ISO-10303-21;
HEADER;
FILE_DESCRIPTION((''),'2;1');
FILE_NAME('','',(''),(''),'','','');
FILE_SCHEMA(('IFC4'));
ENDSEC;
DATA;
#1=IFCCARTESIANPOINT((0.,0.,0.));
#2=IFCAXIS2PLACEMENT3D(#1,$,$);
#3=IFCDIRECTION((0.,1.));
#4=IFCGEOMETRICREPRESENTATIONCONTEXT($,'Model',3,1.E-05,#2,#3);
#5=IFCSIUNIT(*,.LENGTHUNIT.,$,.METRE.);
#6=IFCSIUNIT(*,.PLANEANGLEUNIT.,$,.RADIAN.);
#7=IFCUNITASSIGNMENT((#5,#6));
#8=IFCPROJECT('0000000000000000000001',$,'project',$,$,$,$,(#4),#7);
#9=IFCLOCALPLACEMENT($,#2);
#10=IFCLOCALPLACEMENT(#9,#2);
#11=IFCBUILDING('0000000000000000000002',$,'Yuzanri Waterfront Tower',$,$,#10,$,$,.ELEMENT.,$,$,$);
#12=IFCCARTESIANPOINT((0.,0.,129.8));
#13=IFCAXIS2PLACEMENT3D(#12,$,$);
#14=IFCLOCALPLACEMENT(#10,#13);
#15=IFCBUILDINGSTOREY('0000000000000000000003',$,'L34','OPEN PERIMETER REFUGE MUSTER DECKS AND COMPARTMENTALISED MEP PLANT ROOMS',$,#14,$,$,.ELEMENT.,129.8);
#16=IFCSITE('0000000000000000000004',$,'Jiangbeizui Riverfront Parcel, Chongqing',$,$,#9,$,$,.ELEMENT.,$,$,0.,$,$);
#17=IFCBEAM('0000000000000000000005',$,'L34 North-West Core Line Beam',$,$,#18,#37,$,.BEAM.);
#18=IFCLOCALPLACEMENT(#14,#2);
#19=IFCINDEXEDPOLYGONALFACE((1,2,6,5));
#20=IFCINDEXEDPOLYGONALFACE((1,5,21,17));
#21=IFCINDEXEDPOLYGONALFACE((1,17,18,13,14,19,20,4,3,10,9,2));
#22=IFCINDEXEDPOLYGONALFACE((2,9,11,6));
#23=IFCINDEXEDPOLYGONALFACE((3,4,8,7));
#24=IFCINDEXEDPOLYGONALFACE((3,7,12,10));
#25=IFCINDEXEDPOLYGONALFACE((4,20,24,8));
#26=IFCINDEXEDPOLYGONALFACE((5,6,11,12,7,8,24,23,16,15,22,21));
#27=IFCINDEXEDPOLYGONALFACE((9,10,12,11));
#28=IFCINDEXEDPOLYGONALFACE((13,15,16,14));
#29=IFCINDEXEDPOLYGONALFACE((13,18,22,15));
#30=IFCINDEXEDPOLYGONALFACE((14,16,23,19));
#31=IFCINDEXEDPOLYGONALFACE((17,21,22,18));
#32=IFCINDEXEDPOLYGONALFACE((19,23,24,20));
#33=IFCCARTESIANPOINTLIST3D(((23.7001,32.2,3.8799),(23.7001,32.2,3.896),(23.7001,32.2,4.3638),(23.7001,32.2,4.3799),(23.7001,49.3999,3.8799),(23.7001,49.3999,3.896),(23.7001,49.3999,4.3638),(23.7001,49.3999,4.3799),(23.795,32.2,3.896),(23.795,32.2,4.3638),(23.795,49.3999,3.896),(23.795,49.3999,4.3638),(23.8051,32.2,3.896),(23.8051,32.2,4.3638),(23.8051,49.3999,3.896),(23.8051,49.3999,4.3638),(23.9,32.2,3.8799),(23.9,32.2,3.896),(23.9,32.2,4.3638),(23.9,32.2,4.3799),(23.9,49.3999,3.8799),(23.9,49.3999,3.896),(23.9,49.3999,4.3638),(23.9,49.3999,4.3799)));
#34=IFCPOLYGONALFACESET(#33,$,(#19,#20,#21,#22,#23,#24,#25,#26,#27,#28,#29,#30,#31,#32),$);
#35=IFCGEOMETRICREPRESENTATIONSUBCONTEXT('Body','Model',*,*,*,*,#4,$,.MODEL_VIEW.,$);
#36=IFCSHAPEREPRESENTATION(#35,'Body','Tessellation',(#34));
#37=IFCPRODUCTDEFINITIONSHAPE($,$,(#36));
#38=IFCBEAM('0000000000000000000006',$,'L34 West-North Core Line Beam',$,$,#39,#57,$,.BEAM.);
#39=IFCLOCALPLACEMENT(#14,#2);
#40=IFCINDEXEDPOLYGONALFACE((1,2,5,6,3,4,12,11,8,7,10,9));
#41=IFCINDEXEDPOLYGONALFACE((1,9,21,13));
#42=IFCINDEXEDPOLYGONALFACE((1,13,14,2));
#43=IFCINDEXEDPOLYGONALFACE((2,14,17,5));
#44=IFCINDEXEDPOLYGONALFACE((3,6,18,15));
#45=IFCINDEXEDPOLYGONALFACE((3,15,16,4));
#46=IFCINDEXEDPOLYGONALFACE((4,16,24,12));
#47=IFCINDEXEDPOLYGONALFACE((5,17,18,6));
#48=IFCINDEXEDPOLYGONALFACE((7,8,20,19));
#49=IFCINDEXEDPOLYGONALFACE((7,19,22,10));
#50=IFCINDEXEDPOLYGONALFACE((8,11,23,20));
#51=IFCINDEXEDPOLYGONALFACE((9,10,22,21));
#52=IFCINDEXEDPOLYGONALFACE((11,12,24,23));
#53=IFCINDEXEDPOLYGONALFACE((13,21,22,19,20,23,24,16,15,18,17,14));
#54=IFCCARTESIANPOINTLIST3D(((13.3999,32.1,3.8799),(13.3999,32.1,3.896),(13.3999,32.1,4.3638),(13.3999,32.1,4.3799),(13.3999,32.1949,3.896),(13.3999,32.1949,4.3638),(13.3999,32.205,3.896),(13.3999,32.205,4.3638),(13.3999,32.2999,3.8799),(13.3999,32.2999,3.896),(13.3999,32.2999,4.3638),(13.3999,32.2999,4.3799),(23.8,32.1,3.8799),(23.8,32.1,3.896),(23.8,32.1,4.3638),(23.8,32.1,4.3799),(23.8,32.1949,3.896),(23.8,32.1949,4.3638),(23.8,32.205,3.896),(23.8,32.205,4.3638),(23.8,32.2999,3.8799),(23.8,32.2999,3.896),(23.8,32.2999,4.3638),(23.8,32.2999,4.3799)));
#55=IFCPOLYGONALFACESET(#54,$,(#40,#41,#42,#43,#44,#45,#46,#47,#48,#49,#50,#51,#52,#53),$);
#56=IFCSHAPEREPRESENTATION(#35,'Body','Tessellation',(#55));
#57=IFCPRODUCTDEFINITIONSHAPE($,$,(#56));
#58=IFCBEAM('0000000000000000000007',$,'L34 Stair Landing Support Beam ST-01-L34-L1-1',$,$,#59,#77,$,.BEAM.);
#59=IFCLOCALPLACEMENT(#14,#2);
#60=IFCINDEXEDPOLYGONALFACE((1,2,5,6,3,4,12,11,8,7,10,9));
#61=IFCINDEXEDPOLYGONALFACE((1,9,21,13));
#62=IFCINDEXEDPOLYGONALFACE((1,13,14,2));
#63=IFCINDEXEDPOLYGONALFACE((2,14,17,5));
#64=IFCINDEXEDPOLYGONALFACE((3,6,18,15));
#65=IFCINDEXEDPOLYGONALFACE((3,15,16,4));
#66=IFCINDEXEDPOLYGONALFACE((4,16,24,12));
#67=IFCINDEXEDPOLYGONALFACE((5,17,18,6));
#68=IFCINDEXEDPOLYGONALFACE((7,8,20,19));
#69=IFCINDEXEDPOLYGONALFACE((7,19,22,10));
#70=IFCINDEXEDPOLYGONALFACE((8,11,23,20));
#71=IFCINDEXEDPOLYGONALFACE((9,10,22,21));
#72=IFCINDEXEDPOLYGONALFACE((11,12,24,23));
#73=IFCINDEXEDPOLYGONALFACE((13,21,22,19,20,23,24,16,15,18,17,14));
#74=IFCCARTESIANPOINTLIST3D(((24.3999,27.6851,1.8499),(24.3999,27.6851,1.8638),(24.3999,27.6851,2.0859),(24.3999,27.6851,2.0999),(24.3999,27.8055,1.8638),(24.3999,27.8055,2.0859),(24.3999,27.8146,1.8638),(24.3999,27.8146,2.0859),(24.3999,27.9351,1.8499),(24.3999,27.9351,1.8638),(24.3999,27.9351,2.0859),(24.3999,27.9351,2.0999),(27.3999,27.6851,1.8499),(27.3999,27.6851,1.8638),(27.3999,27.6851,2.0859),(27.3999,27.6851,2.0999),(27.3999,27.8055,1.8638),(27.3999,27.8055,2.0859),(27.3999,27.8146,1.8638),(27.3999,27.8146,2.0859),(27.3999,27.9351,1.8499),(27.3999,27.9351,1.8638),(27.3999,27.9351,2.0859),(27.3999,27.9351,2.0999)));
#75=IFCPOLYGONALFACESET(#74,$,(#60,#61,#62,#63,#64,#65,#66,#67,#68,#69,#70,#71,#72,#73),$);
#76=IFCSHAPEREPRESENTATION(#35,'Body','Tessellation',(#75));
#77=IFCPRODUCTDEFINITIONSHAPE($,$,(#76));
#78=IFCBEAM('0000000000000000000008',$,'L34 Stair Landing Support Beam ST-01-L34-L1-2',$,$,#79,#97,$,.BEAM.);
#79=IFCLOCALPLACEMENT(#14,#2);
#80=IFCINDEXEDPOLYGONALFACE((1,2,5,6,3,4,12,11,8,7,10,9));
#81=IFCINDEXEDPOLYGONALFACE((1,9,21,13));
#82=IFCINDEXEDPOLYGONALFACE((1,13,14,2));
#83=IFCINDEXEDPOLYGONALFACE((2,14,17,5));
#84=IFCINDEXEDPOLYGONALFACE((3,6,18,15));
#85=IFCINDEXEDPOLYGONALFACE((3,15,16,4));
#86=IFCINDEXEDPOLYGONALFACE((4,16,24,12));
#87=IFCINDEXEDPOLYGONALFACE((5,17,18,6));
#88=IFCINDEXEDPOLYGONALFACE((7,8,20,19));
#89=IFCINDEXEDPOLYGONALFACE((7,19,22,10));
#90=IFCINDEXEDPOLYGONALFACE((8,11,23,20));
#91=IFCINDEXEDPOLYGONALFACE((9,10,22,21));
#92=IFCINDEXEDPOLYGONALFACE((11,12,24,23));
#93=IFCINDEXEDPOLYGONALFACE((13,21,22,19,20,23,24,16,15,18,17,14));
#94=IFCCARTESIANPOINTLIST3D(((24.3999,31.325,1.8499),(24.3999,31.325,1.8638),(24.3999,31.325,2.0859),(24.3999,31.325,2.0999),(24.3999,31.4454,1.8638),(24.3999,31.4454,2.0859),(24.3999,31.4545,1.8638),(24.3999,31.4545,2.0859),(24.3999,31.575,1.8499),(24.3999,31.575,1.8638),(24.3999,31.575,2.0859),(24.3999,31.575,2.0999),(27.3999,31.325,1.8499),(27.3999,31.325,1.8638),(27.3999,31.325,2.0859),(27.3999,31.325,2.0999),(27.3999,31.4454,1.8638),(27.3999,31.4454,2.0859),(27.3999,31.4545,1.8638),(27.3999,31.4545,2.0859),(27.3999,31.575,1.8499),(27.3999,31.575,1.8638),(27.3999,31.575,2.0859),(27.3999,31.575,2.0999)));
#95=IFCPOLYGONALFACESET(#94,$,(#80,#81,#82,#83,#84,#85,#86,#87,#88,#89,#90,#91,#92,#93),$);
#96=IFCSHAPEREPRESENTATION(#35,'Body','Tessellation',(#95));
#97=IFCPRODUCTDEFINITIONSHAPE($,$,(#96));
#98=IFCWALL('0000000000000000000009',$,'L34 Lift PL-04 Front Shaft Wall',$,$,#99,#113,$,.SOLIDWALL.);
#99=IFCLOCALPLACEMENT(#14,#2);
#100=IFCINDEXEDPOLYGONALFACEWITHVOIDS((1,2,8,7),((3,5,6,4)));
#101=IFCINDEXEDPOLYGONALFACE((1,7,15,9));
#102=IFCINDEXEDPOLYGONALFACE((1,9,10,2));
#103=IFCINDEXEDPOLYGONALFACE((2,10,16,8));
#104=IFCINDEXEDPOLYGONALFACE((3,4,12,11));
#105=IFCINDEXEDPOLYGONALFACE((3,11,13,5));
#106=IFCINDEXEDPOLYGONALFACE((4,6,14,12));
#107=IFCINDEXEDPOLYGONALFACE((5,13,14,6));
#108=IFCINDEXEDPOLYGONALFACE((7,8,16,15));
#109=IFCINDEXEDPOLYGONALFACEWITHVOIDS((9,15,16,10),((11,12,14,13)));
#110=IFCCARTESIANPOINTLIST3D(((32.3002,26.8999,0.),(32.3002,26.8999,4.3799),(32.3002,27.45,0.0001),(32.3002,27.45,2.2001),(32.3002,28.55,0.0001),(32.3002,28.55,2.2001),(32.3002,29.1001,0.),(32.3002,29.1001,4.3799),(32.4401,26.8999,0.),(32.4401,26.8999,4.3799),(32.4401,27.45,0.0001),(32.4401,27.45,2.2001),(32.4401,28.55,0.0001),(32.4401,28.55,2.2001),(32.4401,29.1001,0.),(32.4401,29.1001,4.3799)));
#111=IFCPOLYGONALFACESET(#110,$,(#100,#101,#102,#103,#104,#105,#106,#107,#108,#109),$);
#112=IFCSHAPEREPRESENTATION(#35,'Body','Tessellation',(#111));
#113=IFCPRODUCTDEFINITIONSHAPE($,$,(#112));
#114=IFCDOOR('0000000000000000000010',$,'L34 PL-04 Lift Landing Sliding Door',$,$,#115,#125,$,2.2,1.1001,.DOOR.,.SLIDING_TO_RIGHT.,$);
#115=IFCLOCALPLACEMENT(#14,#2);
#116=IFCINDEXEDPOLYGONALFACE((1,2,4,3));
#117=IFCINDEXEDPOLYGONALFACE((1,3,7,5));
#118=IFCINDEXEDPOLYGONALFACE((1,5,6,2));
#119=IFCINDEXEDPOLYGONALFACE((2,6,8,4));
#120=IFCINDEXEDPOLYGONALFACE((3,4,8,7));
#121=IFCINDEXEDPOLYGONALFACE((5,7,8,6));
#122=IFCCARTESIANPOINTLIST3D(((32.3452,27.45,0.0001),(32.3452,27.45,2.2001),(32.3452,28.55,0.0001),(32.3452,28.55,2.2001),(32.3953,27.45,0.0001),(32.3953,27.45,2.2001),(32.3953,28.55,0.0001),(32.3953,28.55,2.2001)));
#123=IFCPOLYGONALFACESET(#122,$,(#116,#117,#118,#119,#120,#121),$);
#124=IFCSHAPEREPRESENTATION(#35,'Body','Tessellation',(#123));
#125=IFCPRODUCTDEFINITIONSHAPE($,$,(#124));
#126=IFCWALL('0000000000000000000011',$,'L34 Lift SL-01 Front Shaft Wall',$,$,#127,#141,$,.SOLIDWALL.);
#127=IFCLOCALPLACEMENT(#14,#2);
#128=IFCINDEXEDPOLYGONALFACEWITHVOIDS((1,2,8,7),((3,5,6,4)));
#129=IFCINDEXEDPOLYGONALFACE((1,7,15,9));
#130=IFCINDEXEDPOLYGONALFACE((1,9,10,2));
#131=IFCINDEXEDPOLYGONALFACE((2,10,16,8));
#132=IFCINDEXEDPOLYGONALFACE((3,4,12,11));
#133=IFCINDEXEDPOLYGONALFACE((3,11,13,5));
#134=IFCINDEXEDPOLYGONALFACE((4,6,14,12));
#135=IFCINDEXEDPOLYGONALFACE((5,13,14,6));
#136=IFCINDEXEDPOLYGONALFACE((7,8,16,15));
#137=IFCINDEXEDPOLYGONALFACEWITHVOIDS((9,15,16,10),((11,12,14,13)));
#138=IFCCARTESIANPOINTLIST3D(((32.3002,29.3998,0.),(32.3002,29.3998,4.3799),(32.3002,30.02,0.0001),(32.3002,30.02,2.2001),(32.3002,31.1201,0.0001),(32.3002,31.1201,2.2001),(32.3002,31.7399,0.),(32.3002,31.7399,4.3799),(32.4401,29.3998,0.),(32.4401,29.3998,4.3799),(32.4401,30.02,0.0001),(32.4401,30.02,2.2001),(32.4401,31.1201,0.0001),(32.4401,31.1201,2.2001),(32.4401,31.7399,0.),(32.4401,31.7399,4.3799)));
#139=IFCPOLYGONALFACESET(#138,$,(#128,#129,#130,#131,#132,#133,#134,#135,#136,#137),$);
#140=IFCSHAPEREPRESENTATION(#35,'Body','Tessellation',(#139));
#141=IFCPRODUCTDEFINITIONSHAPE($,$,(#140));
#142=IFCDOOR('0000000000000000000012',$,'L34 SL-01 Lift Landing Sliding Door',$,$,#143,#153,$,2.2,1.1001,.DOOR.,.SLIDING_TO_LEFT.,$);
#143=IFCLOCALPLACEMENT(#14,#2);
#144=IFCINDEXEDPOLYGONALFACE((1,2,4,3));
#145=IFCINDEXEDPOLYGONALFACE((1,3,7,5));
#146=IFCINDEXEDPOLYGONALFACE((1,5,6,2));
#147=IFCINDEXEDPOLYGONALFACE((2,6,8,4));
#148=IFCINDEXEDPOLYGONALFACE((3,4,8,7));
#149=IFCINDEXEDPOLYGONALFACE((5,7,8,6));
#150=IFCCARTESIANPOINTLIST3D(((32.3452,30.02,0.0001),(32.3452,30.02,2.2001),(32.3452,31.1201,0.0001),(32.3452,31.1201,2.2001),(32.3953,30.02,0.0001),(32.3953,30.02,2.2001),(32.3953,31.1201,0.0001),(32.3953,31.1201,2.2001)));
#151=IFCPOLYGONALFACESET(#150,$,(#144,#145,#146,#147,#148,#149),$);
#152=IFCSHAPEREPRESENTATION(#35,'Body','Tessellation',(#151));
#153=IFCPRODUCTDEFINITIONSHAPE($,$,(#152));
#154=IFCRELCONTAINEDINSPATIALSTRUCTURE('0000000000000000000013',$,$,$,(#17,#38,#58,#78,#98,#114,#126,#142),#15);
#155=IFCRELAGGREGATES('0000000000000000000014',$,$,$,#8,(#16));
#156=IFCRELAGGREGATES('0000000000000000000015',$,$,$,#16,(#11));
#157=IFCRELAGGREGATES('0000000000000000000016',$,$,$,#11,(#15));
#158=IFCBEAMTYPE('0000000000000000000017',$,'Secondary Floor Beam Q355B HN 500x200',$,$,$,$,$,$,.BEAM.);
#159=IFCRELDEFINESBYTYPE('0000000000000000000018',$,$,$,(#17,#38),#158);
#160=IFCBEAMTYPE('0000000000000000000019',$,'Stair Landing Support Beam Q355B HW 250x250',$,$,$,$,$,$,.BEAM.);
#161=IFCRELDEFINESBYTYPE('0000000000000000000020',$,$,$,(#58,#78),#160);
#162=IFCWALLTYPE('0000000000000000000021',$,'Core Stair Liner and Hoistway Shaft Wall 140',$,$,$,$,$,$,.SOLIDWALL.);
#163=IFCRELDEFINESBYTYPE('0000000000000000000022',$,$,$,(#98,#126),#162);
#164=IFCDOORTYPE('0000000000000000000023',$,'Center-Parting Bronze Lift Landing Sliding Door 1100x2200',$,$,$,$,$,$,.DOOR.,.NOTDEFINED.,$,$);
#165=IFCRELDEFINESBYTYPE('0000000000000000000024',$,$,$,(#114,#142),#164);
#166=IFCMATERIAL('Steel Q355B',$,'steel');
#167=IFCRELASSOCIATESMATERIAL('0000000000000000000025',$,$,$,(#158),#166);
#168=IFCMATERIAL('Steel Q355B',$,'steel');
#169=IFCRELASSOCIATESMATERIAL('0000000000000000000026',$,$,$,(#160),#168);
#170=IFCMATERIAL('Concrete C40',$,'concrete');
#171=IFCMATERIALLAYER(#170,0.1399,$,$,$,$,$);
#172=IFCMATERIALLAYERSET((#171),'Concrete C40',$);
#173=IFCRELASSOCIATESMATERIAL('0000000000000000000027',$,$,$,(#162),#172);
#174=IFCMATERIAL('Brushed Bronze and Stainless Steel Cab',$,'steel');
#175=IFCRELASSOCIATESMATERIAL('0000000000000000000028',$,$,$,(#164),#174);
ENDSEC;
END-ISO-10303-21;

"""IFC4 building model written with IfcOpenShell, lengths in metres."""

from ifc_helpers import new_model, si_unit, direction, frame, frame_2d, origin, origin_2d, place, context, subcontext, project, spatial, rectangle, i_section, extrude, source, transform, mapped, material, layer, layer_set, material_profile, profile_set, type_object, element, fill, save


model = new_model("IFC4")

# Units and contexts
model_context = context("Model", 3, precision=1e-05, world=origin(), true_north=direction((0.0, 1.0)))
body_context = subcontext(model_context, "Body", "Model", "MODEL_VIEW")
ifc_project = project(units=[si_unit("LENGTHUNIT", "METRE"), si_unit("PLANEANGLEUNIT", "RADIAN")], contexts=[model_context])

# Site, building, storey
site_placement = place(None, origin())
site = spatial("IfcSite", under=ifc_project, at=site_placement, Name="Jiangbeizui Riverfront Parcel, Chongqing", CompositionType="ELEMENT", RefElevation=0.0)
building_placement = place(site_placement, origin())
building = spatial("IfcBuilding", under=site, at=building_placement, Name="Yuzanri Waterfront Tower", CompositionType="ELEMENT")
storey_placement = place(building_placement, frame((0.0, 0.0, 129.8)))
storey = spatial("IfcBuildingStorey", under=building, at=storey_placement, Name="L34", Description="OPEN PERIMETER REFUGE MUSTER DECKS AND COMPARTMENTALISED MEP PLANT ROOMS", CompositionType="ELEMENT", Elevation=129.8)

# Beams
ifc_material_1 = material(Name="Steel Q355B", Category="steel")
ifc_material_profile_1 = material_profile(ifc_material_1, i_section(OverallWidth=0.2, OverallDepth=0.5, WebThickness=0.01, FlangeThickness=0.0161, at=origin_2d()), Name="HN 500x200x10x16")
ifc_profile_set_1 = profile_set([ifc_material_profile_1], Name="Steel Q355B")
beam_type_1 = type_object("IfcBeamType", Name="Secondary Floor Beam Q355B HN 500x200", PredefinedType="BEAM", material=ifc_profile_set_1)
shared_shape_1 = source(origin(), body_context, "Body", "SweptSolid", [
    extrude(i_section(OverallWidth=0.2, OverallDepth=0.5, WebThickness=0.01, FlangeThickness=0.0161, at=origin_2d()), origin(), (0.0, 0.0, 1.0), 17.2),
])
beam_1_placement = place(storey_placement, frame((23.8, 32.2, 4.1299), z_axis=(0.0, 1.0, 0.0), x_axis=(-1.0, 0.0, 0.0)))
element("IfcBeam", 1, at=beam_1_placement, inside=storey, type_object=beam_type_1, Name="L34 North-West Core Line Beam", PredefinedType="BEAM", context=body_context, shape_type="MappedRepresentation", body=[
    mapped(shared_shape_1, transform((0.0, 0.0, 0.0), scale=1.0)),
])
shared_shape_2 = source(origin(), body_context, "Body", "SweptSolid", [
    extrude(i_section(OverallWidth=0.2, OverallDepth=0.5, WebThickness=0.01, FlangeThickness=0.0161, at=origin_2d()), origin(), (0.0, 0.0, 1.0), 10.4001),
])
beam_2_placement = place(storey_placement, frame((23.8, 32.2, 4.1299), z_axis=(-1.0, 0.0, 0.0), x_axis=(0.0, -1.0, 0.0)))
element("IfcBeam", 2, at=beam_2_placement, inside=storey, type_object=beam_type_1, Name="L34 West-North Core Line Beam", PredefinedType="BEAM", context=body_context, shape_type="MappedRepresentation", body=[
    mapped(shared_shape_2, transform((0.0, 0.0, 0.0), scale=1.0)),
])
ifc_material_2 = material(Name="Steel Q355B", Category="steel")
ifc_material_profile_2 = material_profile(ifc_material_2, i_section(OverallWidth=0.25, OverallDepth=0.25, WebThickness=0.009, FlangeThickness=0.0139, at=origin_2d()), Name="HW 250x250x9x14")
ifc_profile_set_2 = profile_set([ifc_material_profile_2], Name="Steel Q355B")
beam_type_2 = type_object("IfcBeamType", Name="Stair Landing Support Beam Q355B HW 250x250", PredefinedType="BEAM", material=ifc_profile_set_2)
shared_shape_3 = source(origin(), body_context, "Body", "SweptSolid", [
    extrude(i_section(OverallWidth=0.25, OverallDepth=0.25, WebThickness=0.009, FlangeThickness=0.0139, at=origin_2d()), origin(), (0.0, 0.0, 1.0), 3.0),
])
for number, where, z_axis, x_axis, name in (
    (3, (24.3999, 27.8101, 1.9749), (1.0, 0.0, 0.0), (0.0, 1.0, 0.0), "L34 Stair Landing Support Beam ST-01-L34-L1-1"),
    (4, (24.3999, 31.45, 1.9749), (1.0, 0.0, 0.0), (0.0, 1.0, 0.0), "L34 Stair Landing Support Beam ST-01-L34-L1-2"),
):
    element("IfcBeam", number, at=place(storey_placement, frame(where, z_axis=z_axis, x_axis=x_axis)), inside=storey, type_object=beam_type_2, Name=name, PredefinedType="BEAM", context=body_context, shape_type="MappedRepresentation", body=[
        mapped(shared_shape_3, transform((0.0, 0.0, 0.0), scale=1.0)),
    ])

# Walls, openings, doors
ifc_material_3 = material(Name="Concrete C40", Category="concrete")
ifc_layer_1 = layer(ifc_material_3, 0.1399)
ifc_layer_set_1 = layer_set([ifc_layer_1], Name="Concrete C40")
wall_type_1 = type_object("IfcWallType", Name="Core Stair Liner and Hoistway Shaft Wall 140", PredefinedType="SOLIDWALL", material=ifc_layer_set_1)
wall_1_placement = place(storey_placement, frame((32.3701, 26.8999, 0.0), z_axis=(0.0, 0.0, 1.0), x_axis=(0.0, 1.0, 0.0)))
wall_1 = element("IfcWall", 5, at=wall_1_placement, inside=storey, type_object=wall_type_1, Name="L34 Lift PL-04 Front Shaft Wall", PredefinedType="SOLIDWALL", context=body_context, shape_type="SweptSolid", body=[
    extrude(rectangle(XDim=2.2002, YDim=0.1399, at=frame_2d((1.1001, 0.0))), origin(), (0.0, 0.0, 1.0), 4.3799),
])
opening_1_placement = place(wall_1_placement, frame((0.55, 0.0, 0.0)))
opening_1 = element("IfcOpeningElement", 6, at=opening_1_placement, cuts=wall_1, PredefinedType="OPENING", context=body_context, shape_type="SweptSolid", body=[
    extrude(rectangle(XDim=1.1001, YDim=2.2, at=frame_2d((0.55, 1.1001))), frame((0.0, 0.085, 0.0), z_axis=(0.0, -1.0, 0.0), x_axis=(1.0, 0.0, 0.0)), (0.0, 0.0, 1.0), 0.1697),
])
ifc_material_4 = material(Name="Brushed Bronze and Stainless Steel Cab", Category="steel")
door_type_1 = type_object("IfcDoorType", Name="Center-Parting Bronze Lift Landing Sliding Door 1100x2200", OperationType="NOTDEFINED", PredefinedType="DOOR", material=ifc_material_4)
shared_shape_4 = source(origin(), body_context, "Body", "SweptSolid", [
    extrude(rectangle(XDim=1.1001, YDim=2.2, at=frame_2d((0.55, 1.1001))), frame((0.0, 0.0249, 0.0), z_axis=(0.0, -1.0, 0.0), x_axis=(1.0, 0.0, 0.0)), (0.0, 0.0, 1.0), 0.05),
])
door_1_placement = place(opening_1_placement, origin())
door_1 = element("IfcDoor", 7, at=door_1_placement, inside=storey, type_object=door_type_1, Name="L34 PL-04 Lift Landing Sliding Door", OperationType="SLIDING_TO_RIGHT", OverallHeight=2.2, OverallWidth=1.1001, PredefinedType="DOOR", context=body_context, shape_type="MappedRepresentation", body=[
    mapped(shared_shape_4, transform((0.0, 0.0, 0.0), scale=1.0)),
])
fill(opening_1, door_1)
wall_2_placement = place(storey_placement, frame((32.3701, 29.3999, 0.0), z_axis=(0.0, 0.0, 1.0), x_axis=(0.0, 1.0, 0.0)))
wall_2 = element("IfcWall", 8, at=wall_2_placement, inside=storey, type_object=wall_type_1, Name="L34 Lift SL-01 Front Shaft Wall", PredefinedType="SOLIDWALL", context=body_context, shape_type="SweptSolid", body=[
    extrude(rectangle(XDim=2.3401, YDim=0.1399, at=frame_2d((1.1699, 0.0))), origin(), (0.0, 0.0, 1.0), 4.3799),
])
opening_2_placement = place(wall_2_placement, frame((0.6201, 0.0, 0.0)))
opening_2 = element("IfcOpeningElement", 9, at=opening_2_placement, cuts=wall_2, PredefinedType="OPENING", context=body_context, shape_type="SweptSolid", body=[
    extrude(rectangle(XDim=1.1001, YDim=2.2, at=frame_2d((0.55, 1.1001))), frame((0.0, 0.085, 0.0), z_axis=(0.0, -1.0, 0.0), x_axis=(1.0, 0.0, 0.0)), (0.0, 0.0, 1.0), 0.1697),
])
door_2_placement = place(opening_2_placement, origin())
door_2 = element("IfcDoor", 10, at=door_2_placement, inside=storey, type_object=door_type_1, Name="L34 SL-01 Lift Landing Sliding Door", OperationType="SLIDING_TO_LEFT", OverallHeight=2.2, OverallWidth=1.1001, PredefinedType="DOOR", context=body_context, shape_type="MappedRepresentation", body=[
    mapped(shared_shape_4, transform((0.0, 0.0, 0.0), scale=1.0)),
])
fill(opening_2, door_2)

save(model, "model.ifc")
